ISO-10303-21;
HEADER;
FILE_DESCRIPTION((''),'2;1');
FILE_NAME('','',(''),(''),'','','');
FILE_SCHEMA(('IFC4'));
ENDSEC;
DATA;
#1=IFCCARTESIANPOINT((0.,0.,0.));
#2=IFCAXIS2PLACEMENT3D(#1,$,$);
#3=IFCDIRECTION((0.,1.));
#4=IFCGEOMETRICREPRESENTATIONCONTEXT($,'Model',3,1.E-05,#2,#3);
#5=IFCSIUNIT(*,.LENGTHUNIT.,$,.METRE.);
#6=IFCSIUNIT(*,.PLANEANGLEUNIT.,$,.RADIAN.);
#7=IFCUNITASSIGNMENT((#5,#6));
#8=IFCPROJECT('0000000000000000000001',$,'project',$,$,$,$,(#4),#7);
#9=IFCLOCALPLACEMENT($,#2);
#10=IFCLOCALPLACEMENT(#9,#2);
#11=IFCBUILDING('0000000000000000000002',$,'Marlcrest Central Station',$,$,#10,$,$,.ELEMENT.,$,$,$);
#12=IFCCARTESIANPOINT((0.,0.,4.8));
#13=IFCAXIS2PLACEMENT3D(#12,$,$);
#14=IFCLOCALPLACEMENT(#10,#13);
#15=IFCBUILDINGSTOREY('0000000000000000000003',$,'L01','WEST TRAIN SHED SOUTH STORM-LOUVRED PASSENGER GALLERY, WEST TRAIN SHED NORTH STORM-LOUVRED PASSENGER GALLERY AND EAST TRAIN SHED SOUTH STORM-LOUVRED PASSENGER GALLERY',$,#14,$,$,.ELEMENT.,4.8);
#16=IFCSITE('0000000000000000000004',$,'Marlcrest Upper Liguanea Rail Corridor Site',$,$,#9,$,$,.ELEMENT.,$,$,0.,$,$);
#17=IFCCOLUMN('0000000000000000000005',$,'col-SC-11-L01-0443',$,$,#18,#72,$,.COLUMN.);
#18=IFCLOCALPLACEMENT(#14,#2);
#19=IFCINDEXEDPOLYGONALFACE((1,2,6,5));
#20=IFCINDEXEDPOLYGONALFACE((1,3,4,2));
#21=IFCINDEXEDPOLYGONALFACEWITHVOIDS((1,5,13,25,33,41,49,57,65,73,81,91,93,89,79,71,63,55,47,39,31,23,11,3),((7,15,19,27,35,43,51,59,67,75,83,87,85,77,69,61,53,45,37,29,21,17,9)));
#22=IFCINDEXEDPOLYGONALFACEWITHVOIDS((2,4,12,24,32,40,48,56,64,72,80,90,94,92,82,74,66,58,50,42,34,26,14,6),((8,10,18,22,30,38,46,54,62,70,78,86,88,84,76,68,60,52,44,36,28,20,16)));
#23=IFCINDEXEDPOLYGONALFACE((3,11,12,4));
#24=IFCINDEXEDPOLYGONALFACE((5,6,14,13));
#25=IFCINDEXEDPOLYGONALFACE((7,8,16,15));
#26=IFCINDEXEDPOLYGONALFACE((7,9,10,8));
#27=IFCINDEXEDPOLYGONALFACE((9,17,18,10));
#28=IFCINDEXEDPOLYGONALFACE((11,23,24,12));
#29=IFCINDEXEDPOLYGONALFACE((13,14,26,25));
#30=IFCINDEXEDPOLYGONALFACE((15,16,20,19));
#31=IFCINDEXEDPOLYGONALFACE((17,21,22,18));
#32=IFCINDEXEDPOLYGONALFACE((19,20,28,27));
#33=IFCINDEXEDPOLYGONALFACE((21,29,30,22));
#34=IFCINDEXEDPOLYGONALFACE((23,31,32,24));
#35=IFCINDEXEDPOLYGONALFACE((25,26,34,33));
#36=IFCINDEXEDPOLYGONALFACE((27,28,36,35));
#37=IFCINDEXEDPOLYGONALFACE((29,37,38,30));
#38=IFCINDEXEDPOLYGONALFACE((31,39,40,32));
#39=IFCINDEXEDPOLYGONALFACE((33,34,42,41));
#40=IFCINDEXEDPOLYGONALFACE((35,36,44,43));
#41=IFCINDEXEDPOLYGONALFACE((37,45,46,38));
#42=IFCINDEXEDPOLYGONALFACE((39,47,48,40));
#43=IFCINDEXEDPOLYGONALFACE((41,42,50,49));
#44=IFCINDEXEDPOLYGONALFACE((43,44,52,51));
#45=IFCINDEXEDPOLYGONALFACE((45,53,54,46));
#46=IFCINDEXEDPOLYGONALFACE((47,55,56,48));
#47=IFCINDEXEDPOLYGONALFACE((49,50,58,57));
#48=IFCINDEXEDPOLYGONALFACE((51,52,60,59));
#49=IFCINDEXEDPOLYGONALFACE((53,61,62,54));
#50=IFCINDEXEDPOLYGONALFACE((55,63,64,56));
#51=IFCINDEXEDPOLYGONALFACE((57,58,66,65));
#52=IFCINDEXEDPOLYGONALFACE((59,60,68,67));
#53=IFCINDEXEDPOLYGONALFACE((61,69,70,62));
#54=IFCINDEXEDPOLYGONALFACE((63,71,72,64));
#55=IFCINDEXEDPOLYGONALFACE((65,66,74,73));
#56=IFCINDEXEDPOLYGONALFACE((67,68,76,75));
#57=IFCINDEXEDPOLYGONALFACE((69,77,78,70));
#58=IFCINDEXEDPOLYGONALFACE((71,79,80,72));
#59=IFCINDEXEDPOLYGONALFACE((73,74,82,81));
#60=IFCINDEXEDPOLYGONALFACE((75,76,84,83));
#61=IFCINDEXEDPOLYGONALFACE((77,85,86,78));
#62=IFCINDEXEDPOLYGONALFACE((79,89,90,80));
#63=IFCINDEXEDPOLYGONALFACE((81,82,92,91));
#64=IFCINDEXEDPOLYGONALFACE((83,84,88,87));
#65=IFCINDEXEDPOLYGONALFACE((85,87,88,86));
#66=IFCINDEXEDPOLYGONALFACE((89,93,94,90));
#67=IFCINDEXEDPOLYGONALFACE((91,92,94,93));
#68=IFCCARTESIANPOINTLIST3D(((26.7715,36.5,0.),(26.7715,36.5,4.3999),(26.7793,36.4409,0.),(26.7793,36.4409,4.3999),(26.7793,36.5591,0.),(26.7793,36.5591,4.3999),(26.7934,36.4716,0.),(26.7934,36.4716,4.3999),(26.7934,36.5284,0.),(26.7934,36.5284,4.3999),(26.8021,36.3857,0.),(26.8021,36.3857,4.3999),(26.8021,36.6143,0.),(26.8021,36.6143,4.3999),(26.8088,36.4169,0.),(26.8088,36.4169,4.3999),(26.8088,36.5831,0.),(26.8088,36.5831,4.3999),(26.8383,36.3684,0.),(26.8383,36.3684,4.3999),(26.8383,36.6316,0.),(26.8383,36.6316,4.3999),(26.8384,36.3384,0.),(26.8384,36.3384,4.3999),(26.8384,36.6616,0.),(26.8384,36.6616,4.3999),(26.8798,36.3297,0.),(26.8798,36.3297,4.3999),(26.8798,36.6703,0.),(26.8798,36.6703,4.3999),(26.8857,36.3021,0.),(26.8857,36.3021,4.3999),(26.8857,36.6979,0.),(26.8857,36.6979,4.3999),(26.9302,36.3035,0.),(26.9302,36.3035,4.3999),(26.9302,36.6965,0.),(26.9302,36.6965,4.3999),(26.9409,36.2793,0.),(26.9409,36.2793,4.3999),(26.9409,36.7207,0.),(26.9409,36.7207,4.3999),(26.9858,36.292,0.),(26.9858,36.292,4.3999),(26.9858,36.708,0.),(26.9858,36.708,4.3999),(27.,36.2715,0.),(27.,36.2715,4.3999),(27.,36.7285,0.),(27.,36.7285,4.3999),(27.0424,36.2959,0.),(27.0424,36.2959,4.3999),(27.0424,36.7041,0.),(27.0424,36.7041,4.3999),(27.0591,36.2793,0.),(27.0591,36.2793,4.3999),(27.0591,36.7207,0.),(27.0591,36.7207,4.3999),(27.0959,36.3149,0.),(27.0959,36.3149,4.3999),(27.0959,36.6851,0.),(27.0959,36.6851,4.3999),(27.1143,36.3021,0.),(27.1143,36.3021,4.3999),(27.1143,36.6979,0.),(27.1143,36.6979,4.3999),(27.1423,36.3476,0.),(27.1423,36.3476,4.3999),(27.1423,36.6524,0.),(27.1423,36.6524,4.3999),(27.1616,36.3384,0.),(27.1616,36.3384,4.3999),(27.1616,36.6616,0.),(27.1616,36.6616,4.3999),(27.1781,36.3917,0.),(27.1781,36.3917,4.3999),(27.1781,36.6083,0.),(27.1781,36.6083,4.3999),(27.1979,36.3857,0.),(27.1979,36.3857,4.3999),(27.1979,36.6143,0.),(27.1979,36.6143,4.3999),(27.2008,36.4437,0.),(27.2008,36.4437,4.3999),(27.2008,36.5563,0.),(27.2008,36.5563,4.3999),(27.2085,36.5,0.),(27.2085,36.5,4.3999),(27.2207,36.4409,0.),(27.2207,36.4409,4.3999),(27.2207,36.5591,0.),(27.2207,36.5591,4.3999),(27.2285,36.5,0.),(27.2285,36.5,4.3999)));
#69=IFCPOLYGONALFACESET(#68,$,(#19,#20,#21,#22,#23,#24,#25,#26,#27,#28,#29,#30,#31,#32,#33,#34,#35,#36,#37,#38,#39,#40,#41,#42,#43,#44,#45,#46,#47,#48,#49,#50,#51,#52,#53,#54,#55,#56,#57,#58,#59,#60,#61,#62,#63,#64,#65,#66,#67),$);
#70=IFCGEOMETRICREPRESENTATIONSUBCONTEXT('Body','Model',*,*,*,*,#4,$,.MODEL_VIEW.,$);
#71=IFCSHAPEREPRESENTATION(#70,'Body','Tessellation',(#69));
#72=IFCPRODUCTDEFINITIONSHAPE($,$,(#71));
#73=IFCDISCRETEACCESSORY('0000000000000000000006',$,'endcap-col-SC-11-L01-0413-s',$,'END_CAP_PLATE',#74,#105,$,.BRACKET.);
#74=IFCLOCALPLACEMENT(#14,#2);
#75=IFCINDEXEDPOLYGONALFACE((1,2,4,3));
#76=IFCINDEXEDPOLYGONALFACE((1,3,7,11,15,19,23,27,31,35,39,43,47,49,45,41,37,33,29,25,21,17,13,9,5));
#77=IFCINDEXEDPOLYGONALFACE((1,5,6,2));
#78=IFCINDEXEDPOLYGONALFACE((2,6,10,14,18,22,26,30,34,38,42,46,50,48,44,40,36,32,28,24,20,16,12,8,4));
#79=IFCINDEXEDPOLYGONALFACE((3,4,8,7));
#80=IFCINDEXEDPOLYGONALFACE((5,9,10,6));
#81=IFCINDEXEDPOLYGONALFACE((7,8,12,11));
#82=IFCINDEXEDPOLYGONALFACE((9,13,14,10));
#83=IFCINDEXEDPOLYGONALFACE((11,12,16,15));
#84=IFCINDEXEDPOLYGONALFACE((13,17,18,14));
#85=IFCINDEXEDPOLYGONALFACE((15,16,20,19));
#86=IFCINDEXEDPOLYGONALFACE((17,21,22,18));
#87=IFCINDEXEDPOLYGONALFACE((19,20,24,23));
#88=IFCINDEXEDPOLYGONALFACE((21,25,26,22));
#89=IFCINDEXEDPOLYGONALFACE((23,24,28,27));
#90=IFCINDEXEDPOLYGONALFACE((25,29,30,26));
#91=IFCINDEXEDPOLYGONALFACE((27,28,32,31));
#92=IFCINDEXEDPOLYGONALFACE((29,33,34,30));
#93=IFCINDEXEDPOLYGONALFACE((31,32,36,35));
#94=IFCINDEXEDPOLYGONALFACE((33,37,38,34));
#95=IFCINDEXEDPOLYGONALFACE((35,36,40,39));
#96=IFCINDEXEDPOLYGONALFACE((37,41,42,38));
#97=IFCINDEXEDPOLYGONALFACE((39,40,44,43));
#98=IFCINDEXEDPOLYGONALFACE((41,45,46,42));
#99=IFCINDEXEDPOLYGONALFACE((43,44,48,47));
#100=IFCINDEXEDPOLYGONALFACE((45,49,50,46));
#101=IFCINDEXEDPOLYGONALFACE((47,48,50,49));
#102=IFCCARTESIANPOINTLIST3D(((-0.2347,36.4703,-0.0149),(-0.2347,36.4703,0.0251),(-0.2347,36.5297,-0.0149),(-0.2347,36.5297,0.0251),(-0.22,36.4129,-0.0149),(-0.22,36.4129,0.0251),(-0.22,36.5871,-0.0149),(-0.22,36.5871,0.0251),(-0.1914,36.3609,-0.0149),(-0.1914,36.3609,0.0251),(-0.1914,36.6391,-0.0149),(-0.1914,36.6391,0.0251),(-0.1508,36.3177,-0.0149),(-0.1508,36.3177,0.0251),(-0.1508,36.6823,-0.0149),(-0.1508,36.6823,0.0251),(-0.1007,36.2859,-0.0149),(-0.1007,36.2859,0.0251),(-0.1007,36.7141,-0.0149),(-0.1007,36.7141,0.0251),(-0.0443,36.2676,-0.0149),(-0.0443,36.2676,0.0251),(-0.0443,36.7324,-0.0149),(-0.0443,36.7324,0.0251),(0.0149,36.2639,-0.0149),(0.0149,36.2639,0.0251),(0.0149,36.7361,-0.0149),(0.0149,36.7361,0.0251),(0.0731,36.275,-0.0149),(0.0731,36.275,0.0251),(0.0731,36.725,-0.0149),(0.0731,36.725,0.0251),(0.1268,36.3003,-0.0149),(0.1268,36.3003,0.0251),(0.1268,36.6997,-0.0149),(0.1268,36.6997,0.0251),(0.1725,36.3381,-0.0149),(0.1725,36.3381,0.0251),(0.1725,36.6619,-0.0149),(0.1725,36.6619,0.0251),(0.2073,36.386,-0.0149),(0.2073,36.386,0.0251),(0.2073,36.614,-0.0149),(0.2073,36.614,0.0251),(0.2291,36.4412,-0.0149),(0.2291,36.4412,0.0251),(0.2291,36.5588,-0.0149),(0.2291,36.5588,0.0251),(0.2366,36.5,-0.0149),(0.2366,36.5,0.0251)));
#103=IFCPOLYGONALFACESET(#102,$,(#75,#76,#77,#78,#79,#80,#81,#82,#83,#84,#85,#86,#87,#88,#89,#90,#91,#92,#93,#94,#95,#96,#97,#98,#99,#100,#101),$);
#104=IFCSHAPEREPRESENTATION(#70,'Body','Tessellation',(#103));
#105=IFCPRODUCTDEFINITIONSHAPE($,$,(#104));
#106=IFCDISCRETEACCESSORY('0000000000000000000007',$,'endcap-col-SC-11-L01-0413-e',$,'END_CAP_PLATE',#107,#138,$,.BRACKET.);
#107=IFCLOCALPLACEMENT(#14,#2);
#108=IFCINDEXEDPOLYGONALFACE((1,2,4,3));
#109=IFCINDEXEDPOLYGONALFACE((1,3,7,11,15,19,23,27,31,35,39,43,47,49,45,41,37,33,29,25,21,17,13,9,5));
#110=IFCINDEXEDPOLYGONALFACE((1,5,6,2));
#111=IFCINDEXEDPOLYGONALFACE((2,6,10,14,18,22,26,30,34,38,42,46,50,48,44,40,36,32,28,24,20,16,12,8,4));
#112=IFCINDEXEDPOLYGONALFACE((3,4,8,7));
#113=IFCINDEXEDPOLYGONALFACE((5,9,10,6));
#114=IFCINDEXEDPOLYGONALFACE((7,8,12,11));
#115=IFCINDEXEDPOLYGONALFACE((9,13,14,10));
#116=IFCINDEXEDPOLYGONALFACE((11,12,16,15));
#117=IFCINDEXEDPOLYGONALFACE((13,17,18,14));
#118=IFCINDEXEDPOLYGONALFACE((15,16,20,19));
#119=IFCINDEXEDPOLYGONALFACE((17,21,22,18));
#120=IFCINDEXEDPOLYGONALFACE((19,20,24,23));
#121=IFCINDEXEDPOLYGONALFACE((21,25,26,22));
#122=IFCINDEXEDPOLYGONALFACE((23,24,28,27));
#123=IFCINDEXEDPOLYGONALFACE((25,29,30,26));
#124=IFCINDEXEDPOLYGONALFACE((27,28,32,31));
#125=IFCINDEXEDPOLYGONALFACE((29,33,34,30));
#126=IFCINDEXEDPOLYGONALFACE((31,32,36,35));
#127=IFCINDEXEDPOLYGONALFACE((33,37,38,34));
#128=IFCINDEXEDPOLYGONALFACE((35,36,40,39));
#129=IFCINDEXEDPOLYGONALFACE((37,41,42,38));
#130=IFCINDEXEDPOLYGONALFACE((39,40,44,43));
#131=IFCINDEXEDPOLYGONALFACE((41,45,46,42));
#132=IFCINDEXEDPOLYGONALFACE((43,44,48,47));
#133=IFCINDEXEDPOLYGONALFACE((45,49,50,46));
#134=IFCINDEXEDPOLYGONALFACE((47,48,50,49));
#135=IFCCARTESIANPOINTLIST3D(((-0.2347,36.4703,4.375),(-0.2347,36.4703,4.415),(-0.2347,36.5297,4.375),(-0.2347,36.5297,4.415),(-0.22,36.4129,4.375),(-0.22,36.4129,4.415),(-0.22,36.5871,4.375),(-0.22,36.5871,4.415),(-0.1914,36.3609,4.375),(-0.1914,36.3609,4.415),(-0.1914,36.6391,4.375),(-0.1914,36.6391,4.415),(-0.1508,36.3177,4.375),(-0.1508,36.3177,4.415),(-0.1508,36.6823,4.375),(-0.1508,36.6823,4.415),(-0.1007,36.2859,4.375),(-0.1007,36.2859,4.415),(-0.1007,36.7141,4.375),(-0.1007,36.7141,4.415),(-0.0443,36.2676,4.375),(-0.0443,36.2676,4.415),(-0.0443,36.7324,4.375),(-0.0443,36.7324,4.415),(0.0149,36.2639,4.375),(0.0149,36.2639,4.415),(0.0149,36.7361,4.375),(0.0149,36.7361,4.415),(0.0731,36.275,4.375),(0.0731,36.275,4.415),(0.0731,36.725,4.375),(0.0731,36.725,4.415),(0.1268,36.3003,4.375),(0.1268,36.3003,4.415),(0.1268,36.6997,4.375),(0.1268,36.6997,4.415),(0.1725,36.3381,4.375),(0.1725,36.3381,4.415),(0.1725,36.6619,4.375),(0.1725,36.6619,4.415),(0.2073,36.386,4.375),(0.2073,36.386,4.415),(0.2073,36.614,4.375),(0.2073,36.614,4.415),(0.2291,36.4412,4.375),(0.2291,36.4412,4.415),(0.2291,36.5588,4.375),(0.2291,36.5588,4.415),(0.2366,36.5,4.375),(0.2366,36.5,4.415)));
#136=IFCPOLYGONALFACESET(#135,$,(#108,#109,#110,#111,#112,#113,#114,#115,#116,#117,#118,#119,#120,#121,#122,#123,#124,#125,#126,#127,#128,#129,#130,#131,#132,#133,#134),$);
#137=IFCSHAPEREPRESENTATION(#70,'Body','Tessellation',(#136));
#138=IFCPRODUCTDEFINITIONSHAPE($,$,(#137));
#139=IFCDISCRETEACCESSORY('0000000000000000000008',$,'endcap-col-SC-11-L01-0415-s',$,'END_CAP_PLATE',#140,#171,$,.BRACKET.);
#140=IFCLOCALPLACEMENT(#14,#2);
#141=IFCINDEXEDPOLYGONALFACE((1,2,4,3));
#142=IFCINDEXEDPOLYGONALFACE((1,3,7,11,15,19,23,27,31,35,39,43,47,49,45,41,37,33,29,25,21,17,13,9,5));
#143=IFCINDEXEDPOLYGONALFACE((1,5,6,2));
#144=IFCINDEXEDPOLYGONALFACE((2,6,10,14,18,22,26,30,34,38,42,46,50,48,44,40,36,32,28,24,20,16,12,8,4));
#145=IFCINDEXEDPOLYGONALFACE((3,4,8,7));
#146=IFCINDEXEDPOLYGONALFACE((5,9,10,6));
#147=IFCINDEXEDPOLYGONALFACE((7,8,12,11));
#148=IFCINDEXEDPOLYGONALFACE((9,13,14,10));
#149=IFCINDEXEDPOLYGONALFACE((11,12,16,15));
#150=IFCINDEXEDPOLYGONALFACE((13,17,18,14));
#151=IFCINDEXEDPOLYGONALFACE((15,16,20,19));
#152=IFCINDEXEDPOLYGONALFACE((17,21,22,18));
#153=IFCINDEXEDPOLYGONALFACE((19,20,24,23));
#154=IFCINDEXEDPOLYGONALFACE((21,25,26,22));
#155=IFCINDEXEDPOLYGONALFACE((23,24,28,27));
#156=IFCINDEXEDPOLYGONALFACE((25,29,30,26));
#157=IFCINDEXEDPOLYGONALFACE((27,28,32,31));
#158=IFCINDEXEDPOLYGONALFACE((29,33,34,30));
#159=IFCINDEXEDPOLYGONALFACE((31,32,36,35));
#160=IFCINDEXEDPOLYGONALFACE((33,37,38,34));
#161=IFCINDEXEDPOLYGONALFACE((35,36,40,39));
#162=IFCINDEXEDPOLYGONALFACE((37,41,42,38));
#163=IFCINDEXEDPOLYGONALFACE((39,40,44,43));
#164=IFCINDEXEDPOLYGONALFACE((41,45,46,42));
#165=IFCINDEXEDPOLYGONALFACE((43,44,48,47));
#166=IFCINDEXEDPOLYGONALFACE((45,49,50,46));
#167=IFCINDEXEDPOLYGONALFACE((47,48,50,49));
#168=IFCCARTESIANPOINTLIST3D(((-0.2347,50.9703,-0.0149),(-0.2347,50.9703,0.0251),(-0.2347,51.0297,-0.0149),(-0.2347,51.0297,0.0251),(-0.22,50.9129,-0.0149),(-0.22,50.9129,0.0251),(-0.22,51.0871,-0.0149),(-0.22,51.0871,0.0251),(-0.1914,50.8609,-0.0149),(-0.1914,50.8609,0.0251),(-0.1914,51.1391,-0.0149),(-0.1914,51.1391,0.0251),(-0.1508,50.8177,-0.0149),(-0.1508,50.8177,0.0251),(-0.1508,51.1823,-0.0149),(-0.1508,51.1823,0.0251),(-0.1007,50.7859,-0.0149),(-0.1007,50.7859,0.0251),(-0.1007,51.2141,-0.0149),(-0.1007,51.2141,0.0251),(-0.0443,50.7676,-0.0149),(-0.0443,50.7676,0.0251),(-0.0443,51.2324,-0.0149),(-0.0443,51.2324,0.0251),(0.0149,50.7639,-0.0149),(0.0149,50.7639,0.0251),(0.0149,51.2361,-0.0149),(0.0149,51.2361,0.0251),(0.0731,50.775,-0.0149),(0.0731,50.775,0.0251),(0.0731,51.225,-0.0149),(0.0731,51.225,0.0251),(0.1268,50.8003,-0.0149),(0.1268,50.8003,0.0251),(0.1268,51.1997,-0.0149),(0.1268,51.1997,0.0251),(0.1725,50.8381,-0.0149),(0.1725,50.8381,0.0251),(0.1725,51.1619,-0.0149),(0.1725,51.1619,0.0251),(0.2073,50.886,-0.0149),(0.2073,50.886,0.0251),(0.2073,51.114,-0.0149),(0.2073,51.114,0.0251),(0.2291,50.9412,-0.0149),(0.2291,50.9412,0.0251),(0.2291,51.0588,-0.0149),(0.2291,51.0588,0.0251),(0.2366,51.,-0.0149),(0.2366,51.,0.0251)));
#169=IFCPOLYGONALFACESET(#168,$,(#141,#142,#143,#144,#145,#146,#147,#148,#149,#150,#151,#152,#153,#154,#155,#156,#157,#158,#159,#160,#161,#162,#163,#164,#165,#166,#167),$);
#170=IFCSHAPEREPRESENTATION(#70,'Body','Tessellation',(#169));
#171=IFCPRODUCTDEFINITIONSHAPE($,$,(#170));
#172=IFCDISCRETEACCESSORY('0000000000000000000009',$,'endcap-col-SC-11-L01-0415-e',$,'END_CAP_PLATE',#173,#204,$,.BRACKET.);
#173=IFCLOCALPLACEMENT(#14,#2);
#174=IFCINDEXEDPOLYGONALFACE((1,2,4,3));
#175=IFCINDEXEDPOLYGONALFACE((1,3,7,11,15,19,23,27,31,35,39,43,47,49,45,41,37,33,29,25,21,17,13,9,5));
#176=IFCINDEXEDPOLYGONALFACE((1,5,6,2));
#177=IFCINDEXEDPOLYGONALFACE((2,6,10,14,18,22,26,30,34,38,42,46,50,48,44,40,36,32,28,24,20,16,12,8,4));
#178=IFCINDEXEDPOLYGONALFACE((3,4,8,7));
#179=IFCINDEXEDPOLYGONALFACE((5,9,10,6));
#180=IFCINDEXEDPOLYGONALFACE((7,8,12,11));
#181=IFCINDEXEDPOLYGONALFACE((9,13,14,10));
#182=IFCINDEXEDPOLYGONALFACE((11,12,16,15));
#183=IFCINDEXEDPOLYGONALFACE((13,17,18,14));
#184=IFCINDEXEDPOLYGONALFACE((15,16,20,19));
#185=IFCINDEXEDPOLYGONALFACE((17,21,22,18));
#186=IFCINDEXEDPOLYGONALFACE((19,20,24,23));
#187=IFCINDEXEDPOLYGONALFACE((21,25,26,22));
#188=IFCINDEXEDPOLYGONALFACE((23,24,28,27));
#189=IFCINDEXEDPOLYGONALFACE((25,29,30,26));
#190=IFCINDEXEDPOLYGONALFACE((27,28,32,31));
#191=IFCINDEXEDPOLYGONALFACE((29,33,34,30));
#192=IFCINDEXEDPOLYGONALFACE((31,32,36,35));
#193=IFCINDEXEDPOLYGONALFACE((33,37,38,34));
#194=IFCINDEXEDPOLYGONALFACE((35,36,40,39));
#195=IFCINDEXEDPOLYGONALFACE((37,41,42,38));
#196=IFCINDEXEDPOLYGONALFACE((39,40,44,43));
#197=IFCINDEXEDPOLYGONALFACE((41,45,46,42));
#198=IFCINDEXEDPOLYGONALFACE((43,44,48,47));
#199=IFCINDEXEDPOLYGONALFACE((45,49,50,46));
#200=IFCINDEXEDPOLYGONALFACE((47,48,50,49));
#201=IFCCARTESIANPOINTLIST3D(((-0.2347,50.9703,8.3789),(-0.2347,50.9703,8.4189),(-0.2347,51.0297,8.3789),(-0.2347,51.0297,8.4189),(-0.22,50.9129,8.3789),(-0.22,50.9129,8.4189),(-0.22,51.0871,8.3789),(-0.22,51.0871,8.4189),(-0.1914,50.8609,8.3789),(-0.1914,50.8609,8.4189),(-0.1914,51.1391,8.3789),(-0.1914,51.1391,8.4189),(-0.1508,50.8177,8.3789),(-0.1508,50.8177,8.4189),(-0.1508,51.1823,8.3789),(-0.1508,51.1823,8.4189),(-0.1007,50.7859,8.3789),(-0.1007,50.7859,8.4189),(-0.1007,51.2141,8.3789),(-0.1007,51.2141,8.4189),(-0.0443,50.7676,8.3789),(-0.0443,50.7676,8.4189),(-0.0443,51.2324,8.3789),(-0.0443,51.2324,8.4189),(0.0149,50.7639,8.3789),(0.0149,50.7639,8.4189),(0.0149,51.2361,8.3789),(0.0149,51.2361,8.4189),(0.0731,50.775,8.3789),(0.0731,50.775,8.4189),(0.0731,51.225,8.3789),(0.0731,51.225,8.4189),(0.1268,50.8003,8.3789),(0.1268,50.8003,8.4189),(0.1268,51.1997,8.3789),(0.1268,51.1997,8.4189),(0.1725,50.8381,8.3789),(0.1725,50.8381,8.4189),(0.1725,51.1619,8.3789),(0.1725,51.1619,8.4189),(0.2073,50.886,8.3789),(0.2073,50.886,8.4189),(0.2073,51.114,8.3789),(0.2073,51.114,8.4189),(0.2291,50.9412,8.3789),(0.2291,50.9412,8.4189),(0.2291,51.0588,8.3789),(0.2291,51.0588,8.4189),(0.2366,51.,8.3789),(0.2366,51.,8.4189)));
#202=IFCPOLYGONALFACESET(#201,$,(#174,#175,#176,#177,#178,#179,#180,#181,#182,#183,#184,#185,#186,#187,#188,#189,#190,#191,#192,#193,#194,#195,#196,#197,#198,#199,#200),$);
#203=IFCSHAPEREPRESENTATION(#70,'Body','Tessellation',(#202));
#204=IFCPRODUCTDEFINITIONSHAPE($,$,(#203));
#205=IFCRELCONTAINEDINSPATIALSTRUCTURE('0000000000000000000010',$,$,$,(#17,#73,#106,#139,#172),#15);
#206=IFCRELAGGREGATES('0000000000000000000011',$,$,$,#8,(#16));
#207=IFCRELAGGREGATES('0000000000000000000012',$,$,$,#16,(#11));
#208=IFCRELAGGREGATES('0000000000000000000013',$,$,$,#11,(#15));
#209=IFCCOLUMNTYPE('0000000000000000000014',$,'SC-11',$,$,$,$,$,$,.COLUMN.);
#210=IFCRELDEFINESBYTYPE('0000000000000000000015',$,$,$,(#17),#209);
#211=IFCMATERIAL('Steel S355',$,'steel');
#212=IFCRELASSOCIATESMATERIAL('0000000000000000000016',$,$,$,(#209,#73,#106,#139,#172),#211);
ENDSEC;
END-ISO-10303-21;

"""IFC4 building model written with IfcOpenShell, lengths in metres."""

from ifc_helpers import new_model, si_unit, direction, frame, origin, origin_2d, place, context, subcontext, project, spatial, circle, hollow_circle, extrude, material, material_profile, profile_set, type_object, element, save


model = new_model("IFC4")

# Units and contexts
model_context = context("Model", 3, precision=1e-05, world=origin(), true_north=direction((0.0, 1.0)))
body_context = subcontext(model_context, "Body", "Model", "MODEL_VIEW")
ifc_project = project(units=[si_unit("LENGTHUNIT", "METRE"), si_unit("PLANEANGLEUNIT", "RADIAN")], contexts=[model_context])

# Site, building, storey
site_placement = place(None, origin())
site = spatial("IfcSite", under=ifc_project, at=site_placement, Name="Marlcrest Upper Liguanea Rail Corridor Site", CompositionType="ELEMENT", RefElevation=0.0)
building_placement = place(site_placement, origin())
building = spatial("IfcBuilding", under=site, at=building_placement, Name="Marlcrest Central Station", CompositionType="ELEMENT")
storey_placement = place(building_placement, frame((0.0, 0.0, 4.8)))
storey = spatial("IfcBuildingStorey", under=building, at=storey_placement, Name="L01", Description="WEST TRAIN SHED SOUTH STORM-LOUVRED PASSENGER GALLERY, WEST TRAIN SHED NORTH STORM-LOUVRED PASSENGER GALLERY AND EAST TRAIN SHED SOUTH STORM-LOUVRED PASSENGER GALLERY", CompositionType="ELEMENT", Elevation=4.8)

# Column
ifc_material_1 = material(Name="Steel S355", Category="steel")
ifc_material_profile = material_profile(ifc_material_1, hollow_circle(Radius=0.2285, WallThickness=0.02, at=origin_2d()), Name="CHS 457x20")
ifc_profile_set = profile_set([ifc_material_profile], Name="Steel S355")
column_type = type_object("IfcColumnType", Name="SC-11", PredefinedType="COLUMN", material=ifc_profile_set)
column_1_placement = place(storey_placement, frame((27.0, 36.5, 0.0), z_axis=(0.0, 0.0, 1.0), x_axis=(1.0, 0.0, 0.0)))
element("IfcColumn", 1, at=column_1_placement, inside=storey, type_object=column_type, Name="col-SC-11-L01-0443", PredefinedType="COLUMN", context=body_context, shape_type="SweptSolid", body=[
    extrude(hollow_circle(Radius=0.2285, WallThickness=0.02, at=origin_2d()), origin(), (0.0, 0.0, 1.0), 4.3999),
])

# Discrete accessories
for number, where, z_axis, x_axis, name in (
    (2, (0.0, 36.5, -0.0149), (0.0, 0.0, 1.0), (1.0, 0.0, 0.0), "endcap-col-SC-11-L01-0413-s"),
    (3, (0.0, 36.5, 4.375), (0.0, 0.0, 1.0), (1.0, 0.0, 0.0), "endcap-col-SC-11-L01-0413-e"),
    (4, (0.0, 51.0, -0.0149), (0.0, 0.0, 1.0), (1.0, 0.0, 0.0), "endcap-col-SC-11-L01-0415-s"),
    (5, (0.0, 51.0, 8.3789), (0.0, 0.0, 1.0), (1.0, 0.0, 0.0), "endcap-col-SC-11-L01-0415-e"),
):
    element("IfcDiscreteAccessory", number, at=place(storey_placement, frame(where, z_axis=z_axis, x_axis=x_axis)), inside=storey, material=ifc_material_1, Name=name, ObjectType="END_CAP_PLATE", PredefinedType="BRACKET", context=body_context, shape_type="SweptSolid", body=[
        extrude(circle(Radius=0.2366, at=origin_2d()), origin(), (0.0, 0.0, 1.0), 0.04),
    ])

save(model, "model.ifc")
